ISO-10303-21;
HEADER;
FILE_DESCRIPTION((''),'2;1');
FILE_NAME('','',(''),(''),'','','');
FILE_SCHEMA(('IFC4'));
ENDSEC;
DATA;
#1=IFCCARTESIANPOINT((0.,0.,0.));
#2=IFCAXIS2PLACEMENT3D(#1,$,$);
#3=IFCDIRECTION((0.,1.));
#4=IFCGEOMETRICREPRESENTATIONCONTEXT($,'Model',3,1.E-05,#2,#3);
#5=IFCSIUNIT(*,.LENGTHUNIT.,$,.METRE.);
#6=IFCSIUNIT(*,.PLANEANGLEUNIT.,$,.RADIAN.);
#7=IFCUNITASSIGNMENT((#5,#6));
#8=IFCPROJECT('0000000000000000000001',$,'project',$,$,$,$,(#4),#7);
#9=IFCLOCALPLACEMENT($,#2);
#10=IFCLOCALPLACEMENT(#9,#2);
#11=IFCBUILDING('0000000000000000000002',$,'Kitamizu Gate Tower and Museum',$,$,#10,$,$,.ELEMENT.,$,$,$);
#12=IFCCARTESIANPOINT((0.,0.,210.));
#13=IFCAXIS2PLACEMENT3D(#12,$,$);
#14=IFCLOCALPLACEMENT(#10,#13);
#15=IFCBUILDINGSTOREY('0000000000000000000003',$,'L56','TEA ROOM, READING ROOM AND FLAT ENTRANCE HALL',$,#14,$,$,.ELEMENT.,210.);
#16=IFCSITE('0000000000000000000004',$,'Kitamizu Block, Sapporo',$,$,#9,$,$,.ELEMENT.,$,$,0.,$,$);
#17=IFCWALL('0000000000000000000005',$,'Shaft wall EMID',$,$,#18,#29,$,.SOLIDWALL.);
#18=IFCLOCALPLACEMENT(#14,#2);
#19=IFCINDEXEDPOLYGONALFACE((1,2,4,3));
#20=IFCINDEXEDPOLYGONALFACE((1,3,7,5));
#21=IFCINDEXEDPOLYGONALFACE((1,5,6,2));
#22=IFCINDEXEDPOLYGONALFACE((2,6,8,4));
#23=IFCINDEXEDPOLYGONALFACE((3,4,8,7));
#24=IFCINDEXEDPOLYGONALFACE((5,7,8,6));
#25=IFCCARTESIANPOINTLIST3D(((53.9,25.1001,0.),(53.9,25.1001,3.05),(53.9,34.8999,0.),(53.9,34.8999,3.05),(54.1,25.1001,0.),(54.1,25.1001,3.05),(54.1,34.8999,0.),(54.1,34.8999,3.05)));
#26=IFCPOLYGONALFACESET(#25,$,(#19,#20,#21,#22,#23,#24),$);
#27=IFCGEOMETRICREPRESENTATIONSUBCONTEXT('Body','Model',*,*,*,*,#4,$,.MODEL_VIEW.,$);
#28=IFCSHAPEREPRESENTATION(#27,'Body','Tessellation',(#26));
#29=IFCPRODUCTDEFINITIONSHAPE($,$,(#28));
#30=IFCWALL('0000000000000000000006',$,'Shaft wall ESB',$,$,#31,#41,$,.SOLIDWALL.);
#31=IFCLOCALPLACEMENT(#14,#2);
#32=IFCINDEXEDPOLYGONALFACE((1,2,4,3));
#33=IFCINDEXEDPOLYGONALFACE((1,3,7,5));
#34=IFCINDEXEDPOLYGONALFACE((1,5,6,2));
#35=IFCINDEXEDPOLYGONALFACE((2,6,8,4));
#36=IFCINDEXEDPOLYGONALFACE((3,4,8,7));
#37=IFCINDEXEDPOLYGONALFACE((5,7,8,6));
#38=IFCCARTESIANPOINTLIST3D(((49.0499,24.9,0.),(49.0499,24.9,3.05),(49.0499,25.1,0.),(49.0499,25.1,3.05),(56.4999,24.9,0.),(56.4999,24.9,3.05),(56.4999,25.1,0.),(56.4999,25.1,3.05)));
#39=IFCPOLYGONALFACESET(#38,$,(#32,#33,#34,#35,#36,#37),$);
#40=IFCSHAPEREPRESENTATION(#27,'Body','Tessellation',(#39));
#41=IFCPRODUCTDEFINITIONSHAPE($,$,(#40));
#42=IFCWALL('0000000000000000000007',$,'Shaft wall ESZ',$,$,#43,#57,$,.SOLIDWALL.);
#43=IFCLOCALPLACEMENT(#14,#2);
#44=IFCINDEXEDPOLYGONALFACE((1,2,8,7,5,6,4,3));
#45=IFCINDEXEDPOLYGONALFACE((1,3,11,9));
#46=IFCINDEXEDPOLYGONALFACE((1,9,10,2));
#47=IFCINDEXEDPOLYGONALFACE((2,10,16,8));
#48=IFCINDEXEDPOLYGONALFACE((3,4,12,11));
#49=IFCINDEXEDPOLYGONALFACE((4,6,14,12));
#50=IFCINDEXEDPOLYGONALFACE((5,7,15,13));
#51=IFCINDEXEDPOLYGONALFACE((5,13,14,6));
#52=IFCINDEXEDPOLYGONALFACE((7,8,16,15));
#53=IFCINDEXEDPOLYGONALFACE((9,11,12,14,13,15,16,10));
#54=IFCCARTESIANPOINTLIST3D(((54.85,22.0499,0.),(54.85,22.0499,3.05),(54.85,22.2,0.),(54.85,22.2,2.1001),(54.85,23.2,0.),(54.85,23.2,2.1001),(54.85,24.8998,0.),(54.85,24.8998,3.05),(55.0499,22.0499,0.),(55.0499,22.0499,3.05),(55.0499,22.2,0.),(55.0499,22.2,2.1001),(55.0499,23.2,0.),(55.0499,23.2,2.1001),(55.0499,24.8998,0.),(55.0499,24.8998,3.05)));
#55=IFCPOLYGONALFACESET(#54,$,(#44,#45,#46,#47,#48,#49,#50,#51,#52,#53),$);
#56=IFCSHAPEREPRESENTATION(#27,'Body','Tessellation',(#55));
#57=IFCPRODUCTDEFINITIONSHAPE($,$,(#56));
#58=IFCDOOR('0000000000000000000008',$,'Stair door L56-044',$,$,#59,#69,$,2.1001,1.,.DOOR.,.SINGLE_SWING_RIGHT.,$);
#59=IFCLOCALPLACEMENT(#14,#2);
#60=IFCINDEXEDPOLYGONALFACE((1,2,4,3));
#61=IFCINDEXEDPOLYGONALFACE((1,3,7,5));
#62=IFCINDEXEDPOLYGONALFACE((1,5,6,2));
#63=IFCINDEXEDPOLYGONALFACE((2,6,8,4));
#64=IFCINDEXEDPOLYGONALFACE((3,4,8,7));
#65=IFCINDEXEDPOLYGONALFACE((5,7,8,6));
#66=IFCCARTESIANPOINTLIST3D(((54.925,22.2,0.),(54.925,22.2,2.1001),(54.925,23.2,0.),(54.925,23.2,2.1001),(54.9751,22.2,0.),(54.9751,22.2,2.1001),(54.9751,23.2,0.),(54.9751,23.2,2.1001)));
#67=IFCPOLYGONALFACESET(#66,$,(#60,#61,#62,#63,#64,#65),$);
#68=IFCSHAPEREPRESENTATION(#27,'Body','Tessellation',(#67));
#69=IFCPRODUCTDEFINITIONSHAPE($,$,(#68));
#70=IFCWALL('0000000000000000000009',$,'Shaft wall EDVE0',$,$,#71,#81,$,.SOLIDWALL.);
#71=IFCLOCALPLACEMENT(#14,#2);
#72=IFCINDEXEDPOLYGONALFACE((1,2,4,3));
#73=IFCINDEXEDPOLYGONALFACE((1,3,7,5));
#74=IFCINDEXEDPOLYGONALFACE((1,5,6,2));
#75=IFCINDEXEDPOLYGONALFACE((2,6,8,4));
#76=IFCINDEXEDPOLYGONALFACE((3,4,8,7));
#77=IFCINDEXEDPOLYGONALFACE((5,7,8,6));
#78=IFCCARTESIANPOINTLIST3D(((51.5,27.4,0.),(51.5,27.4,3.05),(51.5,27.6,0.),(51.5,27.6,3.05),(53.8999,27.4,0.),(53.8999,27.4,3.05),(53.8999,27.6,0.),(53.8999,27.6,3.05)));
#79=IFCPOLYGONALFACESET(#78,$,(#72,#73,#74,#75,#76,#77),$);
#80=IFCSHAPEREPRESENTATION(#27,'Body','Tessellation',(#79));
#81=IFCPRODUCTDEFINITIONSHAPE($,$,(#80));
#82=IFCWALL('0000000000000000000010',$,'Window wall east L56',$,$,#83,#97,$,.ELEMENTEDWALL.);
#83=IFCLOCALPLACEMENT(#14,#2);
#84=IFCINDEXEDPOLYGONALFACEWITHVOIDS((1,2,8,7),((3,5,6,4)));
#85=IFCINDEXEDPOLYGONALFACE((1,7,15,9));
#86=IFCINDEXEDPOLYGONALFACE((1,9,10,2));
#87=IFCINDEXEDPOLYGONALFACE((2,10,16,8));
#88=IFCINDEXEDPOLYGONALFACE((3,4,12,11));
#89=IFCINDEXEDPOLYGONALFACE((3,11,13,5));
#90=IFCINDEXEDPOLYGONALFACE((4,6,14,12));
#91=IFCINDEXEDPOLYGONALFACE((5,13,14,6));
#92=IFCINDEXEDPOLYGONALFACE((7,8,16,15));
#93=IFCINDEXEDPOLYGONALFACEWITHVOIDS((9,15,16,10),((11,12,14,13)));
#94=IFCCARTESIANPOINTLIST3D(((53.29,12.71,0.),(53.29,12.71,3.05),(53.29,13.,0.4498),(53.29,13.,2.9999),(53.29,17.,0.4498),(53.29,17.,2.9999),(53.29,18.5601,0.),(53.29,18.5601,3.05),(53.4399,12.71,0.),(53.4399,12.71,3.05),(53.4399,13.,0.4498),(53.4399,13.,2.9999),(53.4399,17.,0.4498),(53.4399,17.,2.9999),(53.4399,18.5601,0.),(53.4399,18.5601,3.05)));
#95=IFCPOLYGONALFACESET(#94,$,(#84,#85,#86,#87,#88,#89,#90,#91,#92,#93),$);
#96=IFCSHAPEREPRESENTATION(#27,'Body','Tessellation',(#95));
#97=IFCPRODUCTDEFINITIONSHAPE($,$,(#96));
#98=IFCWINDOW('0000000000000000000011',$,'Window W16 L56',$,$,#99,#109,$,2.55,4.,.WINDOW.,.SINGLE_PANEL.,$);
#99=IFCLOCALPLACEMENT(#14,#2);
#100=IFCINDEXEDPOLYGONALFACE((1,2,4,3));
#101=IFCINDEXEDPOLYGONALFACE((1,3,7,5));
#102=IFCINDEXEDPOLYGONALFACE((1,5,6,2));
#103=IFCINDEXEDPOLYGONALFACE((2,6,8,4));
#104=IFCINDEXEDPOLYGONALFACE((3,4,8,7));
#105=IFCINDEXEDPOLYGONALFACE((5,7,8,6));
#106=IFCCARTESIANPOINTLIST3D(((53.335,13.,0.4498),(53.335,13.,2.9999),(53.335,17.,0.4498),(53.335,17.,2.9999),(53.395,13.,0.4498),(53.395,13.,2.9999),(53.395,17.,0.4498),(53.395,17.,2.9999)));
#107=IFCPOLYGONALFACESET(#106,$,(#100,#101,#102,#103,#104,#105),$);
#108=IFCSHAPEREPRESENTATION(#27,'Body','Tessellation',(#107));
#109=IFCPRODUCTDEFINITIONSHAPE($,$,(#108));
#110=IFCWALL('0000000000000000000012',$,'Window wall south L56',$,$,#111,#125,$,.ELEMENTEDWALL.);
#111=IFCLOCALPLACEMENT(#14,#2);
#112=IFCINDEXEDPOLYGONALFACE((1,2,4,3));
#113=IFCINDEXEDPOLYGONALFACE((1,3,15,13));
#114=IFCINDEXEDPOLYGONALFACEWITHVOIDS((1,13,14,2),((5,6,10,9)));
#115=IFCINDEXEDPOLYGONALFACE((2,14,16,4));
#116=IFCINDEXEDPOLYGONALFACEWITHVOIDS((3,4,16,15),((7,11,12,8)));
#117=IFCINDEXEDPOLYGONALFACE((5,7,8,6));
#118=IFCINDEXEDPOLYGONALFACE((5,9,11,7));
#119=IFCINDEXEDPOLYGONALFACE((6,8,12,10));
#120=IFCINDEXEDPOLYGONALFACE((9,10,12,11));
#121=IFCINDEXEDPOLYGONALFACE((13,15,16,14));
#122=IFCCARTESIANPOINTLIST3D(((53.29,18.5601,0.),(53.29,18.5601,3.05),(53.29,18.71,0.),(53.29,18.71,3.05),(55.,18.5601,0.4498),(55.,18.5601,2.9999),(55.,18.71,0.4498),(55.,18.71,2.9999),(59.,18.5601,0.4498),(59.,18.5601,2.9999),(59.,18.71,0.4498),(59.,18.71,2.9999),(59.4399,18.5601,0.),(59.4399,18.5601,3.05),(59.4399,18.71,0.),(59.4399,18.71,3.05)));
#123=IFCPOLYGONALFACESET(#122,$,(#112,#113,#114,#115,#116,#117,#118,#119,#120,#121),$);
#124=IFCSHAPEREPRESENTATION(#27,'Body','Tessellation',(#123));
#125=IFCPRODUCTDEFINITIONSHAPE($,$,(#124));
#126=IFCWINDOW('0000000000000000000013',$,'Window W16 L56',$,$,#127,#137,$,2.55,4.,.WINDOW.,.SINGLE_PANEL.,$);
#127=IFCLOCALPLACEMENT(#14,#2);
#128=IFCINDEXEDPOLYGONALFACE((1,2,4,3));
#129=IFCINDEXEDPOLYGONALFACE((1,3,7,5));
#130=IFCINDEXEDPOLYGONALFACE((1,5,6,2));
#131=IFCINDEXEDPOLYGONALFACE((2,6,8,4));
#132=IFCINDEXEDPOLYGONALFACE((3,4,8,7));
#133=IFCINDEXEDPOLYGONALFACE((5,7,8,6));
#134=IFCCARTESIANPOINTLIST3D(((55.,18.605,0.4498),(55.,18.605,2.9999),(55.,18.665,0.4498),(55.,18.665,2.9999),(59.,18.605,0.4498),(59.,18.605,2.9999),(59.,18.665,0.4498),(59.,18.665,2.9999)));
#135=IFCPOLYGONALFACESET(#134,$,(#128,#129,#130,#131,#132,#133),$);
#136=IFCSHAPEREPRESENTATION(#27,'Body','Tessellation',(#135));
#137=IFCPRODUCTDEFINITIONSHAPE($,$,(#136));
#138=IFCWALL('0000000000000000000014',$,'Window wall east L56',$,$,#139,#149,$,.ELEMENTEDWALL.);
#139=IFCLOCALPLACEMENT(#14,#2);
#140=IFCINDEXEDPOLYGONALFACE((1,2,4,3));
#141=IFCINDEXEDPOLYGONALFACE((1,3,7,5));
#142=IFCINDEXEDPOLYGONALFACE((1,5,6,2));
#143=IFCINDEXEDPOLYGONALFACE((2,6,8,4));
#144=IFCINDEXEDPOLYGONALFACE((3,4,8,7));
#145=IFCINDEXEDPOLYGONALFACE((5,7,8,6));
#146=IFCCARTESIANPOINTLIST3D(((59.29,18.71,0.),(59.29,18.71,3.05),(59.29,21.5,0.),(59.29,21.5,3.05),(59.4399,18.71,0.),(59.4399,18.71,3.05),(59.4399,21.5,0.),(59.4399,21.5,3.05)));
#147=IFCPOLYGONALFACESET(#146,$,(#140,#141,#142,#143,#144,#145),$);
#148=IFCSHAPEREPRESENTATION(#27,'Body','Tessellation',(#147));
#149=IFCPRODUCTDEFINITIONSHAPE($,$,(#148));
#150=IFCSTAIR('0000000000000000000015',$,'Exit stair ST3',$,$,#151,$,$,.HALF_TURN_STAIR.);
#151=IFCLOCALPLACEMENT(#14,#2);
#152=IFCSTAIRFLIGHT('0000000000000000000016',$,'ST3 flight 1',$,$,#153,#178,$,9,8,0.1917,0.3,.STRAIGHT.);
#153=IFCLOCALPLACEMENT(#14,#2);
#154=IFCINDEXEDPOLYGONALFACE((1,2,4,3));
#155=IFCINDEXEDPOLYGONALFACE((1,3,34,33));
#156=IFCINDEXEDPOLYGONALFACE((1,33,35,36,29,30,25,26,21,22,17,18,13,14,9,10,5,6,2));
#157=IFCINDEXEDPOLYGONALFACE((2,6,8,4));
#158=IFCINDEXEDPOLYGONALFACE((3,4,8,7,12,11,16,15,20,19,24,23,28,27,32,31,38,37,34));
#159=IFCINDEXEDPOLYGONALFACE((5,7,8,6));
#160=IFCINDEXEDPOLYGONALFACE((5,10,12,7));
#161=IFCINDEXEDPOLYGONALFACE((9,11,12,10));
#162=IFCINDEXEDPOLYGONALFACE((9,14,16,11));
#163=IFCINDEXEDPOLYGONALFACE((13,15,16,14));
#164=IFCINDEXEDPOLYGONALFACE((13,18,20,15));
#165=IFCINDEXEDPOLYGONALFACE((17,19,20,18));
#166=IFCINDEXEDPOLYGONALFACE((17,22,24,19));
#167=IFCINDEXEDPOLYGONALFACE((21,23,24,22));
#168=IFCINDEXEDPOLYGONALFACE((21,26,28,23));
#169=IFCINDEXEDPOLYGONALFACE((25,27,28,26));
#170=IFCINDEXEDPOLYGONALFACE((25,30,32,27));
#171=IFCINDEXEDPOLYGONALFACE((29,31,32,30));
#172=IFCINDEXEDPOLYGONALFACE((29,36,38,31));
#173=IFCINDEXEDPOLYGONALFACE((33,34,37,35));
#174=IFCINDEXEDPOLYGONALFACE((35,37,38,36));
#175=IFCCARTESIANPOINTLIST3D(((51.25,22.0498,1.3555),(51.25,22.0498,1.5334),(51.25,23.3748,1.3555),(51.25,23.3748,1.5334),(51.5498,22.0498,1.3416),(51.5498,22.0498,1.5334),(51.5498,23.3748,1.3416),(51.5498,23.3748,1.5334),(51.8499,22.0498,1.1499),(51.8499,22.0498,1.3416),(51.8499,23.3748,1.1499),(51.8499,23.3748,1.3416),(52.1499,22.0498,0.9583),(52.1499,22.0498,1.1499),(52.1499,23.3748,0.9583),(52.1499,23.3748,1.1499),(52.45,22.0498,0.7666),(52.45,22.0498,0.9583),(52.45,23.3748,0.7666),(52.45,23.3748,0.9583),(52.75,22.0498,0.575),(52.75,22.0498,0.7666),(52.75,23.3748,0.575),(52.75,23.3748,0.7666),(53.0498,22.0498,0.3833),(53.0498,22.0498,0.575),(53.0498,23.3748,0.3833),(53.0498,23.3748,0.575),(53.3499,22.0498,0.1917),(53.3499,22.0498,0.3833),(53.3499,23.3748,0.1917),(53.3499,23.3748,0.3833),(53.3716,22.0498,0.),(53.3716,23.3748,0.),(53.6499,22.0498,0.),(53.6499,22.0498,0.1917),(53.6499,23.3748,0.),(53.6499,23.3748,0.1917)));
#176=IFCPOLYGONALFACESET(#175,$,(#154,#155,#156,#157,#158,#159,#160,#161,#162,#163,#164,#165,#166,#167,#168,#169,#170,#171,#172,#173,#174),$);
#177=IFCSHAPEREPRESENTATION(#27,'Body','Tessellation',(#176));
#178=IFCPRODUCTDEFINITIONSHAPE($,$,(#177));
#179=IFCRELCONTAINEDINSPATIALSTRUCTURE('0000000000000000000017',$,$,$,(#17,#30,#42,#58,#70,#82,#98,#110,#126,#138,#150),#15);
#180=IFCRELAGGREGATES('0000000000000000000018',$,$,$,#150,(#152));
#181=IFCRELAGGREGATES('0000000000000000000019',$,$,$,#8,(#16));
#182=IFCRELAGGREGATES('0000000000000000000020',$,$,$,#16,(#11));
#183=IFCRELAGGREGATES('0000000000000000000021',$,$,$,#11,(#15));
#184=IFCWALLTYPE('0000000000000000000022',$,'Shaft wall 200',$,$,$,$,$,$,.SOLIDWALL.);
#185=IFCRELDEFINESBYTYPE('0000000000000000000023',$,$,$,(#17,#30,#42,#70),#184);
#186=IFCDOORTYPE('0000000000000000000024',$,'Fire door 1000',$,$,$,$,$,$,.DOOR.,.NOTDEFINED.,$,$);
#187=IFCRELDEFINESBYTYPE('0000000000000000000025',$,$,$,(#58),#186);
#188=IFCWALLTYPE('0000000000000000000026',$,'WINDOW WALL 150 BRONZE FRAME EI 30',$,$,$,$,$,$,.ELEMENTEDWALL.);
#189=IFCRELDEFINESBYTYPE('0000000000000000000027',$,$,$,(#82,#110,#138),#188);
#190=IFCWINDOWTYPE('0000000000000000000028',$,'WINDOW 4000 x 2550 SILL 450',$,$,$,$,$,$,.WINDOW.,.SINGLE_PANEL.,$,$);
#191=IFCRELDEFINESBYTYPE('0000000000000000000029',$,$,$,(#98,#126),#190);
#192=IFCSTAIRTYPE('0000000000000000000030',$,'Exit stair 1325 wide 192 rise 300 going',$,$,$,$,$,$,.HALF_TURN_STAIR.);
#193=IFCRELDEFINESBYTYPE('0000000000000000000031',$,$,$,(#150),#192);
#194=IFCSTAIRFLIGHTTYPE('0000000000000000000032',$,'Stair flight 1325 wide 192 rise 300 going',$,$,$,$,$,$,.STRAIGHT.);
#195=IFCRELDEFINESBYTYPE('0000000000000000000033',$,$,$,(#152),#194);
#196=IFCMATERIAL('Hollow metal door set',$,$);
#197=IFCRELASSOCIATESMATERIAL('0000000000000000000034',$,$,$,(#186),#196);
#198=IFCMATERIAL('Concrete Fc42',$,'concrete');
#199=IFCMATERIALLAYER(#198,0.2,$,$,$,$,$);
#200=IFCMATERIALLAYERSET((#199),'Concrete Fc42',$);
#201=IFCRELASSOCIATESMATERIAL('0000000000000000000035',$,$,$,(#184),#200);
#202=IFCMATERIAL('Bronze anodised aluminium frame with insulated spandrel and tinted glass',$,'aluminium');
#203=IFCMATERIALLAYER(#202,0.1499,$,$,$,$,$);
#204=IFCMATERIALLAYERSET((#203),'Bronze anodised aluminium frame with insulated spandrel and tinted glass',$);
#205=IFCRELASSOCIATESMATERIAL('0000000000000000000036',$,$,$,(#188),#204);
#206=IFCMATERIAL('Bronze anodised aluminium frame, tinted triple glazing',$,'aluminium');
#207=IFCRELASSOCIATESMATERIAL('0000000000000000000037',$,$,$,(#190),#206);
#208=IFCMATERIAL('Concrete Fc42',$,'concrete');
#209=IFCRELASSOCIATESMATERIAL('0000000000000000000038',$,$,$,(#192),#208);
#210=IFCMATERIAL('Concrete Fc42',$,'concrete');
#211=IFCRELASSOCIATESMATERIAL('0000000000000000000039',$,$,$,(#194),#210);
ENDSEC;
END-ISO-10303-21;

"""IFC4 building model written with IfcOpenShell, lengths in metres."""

from ifc_helpers import new_model, si_unit, direction, frame, frame_2d, origin, place, context, subcontext, project, spatial, polyline, rectangle, outline, extrude, material, layer, layer_set, type_object, element, fill, aggregate, save


model = new_model("IFC4")

# Units and contexts
model_context = context("Model", 3, precision=1e-05, world=origin(), true_north=direction((0.0, 1.0)))
body_context = subcontext(model_context, "Body", "Model", "MODEL_VIEW")
ifc_project = project(units=[si_unit("LENGTHUNIT", "METRE"), si_unit("PLANEANGLEUNIT", "RADIAN")], contexts=[model_context])

# Site, building, storey
site_placement = place(None, origin())
site = spatial("IfcSite", under=ifc_project, at=site_placement, Name="Kitamizu Block, Sapporo", CompositionType="ELEMENT", RefElevation=0.0)
building_placement = place(site_placement, origin())
building = spatial("IfcBuilding", under=site, at=building_placement, Name="Kitamizu Gate Tower and Museum", CompositionType="ELEMENT")
storey_placement = place(building_placement, frame((0.0, 0.0, 210.0)))
storey = spatial("IfcBuildingStorey", under=building, at=storey_placement, Name="L56", Description="TEA ROOM, READING ROOM AND FLAT ENTRANCE HALL", CompositionType="ELEMENT", Elevation=210.0)

# Shared definitions
ifc_material_1 = material(Name="Hollow metal door set")
door_type_1 = type_object("IfcDoorType", Name="Fire door 1000", OperationType="NOTDEFINED", PredefinedType="DOOR", material=ifc_material_1)

# Shared definitions
ifc_material_2 = material(Name="Concrete Fc42", Category="concrete")
ifc_layer_1 = layer(ifc_material_2, 0.2)
ifc_layer_set_1 = layer_set([ifc_layer_1], Name="Concrete Fc42")
wall_type_1 = type_object("IfcWallType", Name="Shaft wall 200", PredefinedType="SOLIDWALL", material=ifc_layer_set_1)

# Walls
wall_1_placement = place(storey_placement, frame((54.0, 25.1001, 0.0), z_axis=(0.0, 0.0, 1.0), x_axis=(0.0, 1.0, 0.0)))
element("IfcWall", 1, at=wall_1_placement, inside=storey, type_object=wall_type_1, Name="Shaft wall EMID", PredefinedType="SOLIDWALL", context=body_context, shape_type="SweptSolid", body=[
    extrude(rectangle(XDim=9.7998, YDim=0.2, at=frame_2d((4.8999, 0.0))), origin(), (0.0, 0.0, 1.0), 3.05),
])
wall_2_placement = place(storey_placement, frame((56.5, 25.0, 0.0), z_axis=(0.0, 0.0, 1.0), x_axis=(-1.0, 0.0, 0.0)))
element("IfcWall", 2, at=wall_2_placement, inside=storey, type_object=wall_type_1, Name="Shaft wall ESB", PredefinedType="SOLIDWALL", context=body_context, shape_type="SweptSolid", body=[
    extrude(rectangle(XDim=7.45, YDim=0.2, at=frame_2d((3.7251, 0.0))), origin(), (0.0, 0.0, 1.0), 3.05),
])

# Wall, opening, door
wall_3_placement = place(storey_placement, frame((54.95, 22.05, 0.0), z_axis=(0.0, 0.0, 1.0), x_axis=(0.0, 1.0, 0.0)))
wall_3 = element("IfcWall", 3, at=wall_3_placement, inside=storey, type_object=wall_type_1, Name="Shaft wall ESZ", PredefinedType="SOLIDWALL", context=body_context, shape_type="SweptSolid", body=[
    extrude(rectangle(XDim=2.8499, YDim=0.2, at=frame_2d((1.4248, 0.0))), origin(), (0.0, 0.0, 1.0), 3.05),
])
opening_1_placement = place(wall_3_placement, frame((0.1499, 0.0, 0.0)))
opening_1 = element("IfcOpeningElement", 4, at=opening_1_placement, cuts=wall_3, PredefinedType="OPENING", context=body_context, shape_type="SweptSolid", body=[
    extrude(rectangle(XDim=1.0, YDim=2.1001, at=frame_2d((0.5, 1.05))), frame((0.0, 0.1099, 0.0), z_axis=(0.0, -1.0, 0.0), x_axis=(1.0, 0.0, 0.0)), (0.0, 0.0, 1.0), 0.22),
])
door_1_placement = place(opening_1_placement, origin())
door_1 = element("IfcDoor", 5, at=door_1_placement, inside=storey, type_object=door_type_1, Name="Stair door L56-044", OperationType="SINGLE_SWING_RIGHT", OverallHeight=2.1001, OverallWidth=1.0, PredefinedType="DOOR", context=body_context, shape_type="SweptSolid", body=[
    extrude(rectangle(XDim=1.0, YDim=2.1001, at=frame_2d((0.5, 1.05))), frame((0.0, 0.0249, 0.0), z_axis=(0.0, -1.0, 0.0), x_axis=(1.0, 0.0, 0.0)), (0.0, 0.0, 1.0), 0.05),
])
fill(opening_1, door_1)

# Wall
wall_4_placement = place(storey_placement, frame((53.8999, 27.5, 0.0), z_axis=(0.0, 0.0, 1.0), x_axis=(-1.0, 0.0, 0.0)))
element("IfcWall", 6, at=wall_4_placement, inside=storey, type_object=wall_type_1, Name="Shaft wall EDVE0", PredefinedType="SOLIDWALL", context=body_context, shape_type="SweptSolid", body=[
    extrude(rectangle(XDim=2.3999, YDim=0.2, at=frame_2d((1.2, 0.0))), origin(), (0.0, 0.0, 1.0), 3.05),
])

# Walls, openings, windows
ifc_material_3 = material(Name="Bronze anodised aluminium frame with insulated spandrel and tinted glass", Category="aluminium")
ifc_layer_2 = layer(ifc_material_3, 0.1499)
ifc_layer_set_2 = layer_set([ifc_layer_2], Name="Bronze anodised aluminium frame with insulated spandrel and tinted glass")
wall_type_2 = type_object("IfcWallType", Name="WINDOW WALL 150 BRONZE FRAME EI 30", PredefinedType="ELEMENTEDWALL", material=ifc_layer_set_2)
wall_5_placement = place(storey_placement, frame((53.365, 12.71, 0.0), z_axis=(0.0, 0.0, 1.0), x_axis=(0.0, 1.0, 0.0)))
wall_5 = element("IfcWall", 7, at=wall_5_placement, inside=storey, type_object=wall_type_2, Name="Window wall east L56", PredefinedType="ELEMENTEDWALL", context=body_context, shape_type="SweptSolid", body=[
    extrude(rectangle(XDim=5.8501, YDim=0.1499, at=frame_2d((2.925, 0.0))), origin(), (0.0, 0.0, 1.0), 3.05),
])
opening_2_placement = place(wall_5_placement, frame((0.29, 0.0, 0.45)))
opening_2 = element("IfcOpeningElement", 8, at=opening_2_placement, cuts=wall_5, PredefinedType="OPENING", context=body_context, shape_type="SweptSolid", body=[
    extrude(rectangle(XDim=4.0, YDim=2.55, at=frame_2d((2.0, 1.2749))), frame((0.0, 0.085, 0.0), z_axis=(0.0, -1.0, 0.0), x_axis=(1.0, 0.0, 0.0)), (0.0, 0.0, 1.0), 0.1699),
])
ifc_material_4 = material(Name="Bronze anodised aluminium frame, tinted triple glazing", Category="aluminium")
window_type = type_object("IfcWindowType", Name="WINDOW 4000 x 2550 SILL 450", PartitioningType="SINGLE_PANEL", PredefinedType="WINDOW", material=ifc_material_4)
window_1_placement = place(opening_2_placement, origin())
window_1 = element("IfcWindow", 9, at=window_1_placement, inside=storey, type_object=window_type, Name="Window W16 L56", OverallHeight=2.55, OverallWidth=4.0, PartitioningType="SINGLE_PANEL", PredefinedType="WINDOW", context=body_context, shape_type="SweptSolid", body=[
    extrude(rectangle(XDim=4.0, YDim=2.55, at=frame_2d((2.0, 1.2749))), frame((0.0, 0.03, 0.0), z_axis=(0.0, -1.0, 0.0), x_axis=(1.0, 0.0, 0.0)), (0.0, 0.0, 1.0), 0.0601),
])
fill(opening_2, window_1)
wall_6_placement = place(storey_placement, frame((53.29, 18.635, 0.0), z_axis=(0.0, 0.0, 1.0), x_axis=(1.0, 0.0, 0.0)))
wall_6 = element("IfcWall", 10, at=wall_6_placement, inside=storey, type_object=wall_type_2, Name="Window wall south L56", PredefinedType="ELEMENTEDWALL", context=body_context, shape_type="SweptSolid", body=[
    extrude(rectangle(XDim=6.1499, YDim=0.1499, at=frame_2d((3.075, 0.0))), origin(), (0.0, 0.0, 1.0), 3.05),
])
opening_3_placement = place(wall_6_placement, frame((1.71, 0.0, 0.45)))
opening_3 = element("IfcOpeningElement", 11, at=opening_3_placement, cuts=wall_6, PredefinedType="OPENING", context=body_context, shape_type="SweptSolid", body=[
    extrude(rectangle(XDim=4.0, YDim=2.55, at=frame_2d((2.0, 1.2749))), frame((0.0, 0.085, 0.0), z_axis=(0.0, -1.0, 0.0), x_axis=(1.0, 0.0, 0.0)), (0.0, 0.0, 1.0), 0.1699),
])
window_2_placement = place(opening_3_placement, origin())
window_2 = element("IfcWindow", 12, at=window_2_placement, inside=storey, type_object=window_type, Name="Window W16 L56", OverallHeight=2.55, OverallWidth=4.0, PartitioningType="SINGLE_PANEL", PredefinedType="WINDOW", context=body_context, shape_type="SweptSolid", body=[
    extrude(rectangle(XDim=4.0, YDim=2.55, at=frame_2d((2.0, 1.2749))), frame((0.0, 0.03, 0.0), z_axis=(0.0, -1.0, 0.0), x_axis=(1.0, 0.0, 0.0)), (0.0, 0.0, 1.0), 0.0601),
])
fill(opening_3, window_2)

# Wall
wall_7_placement = place(storey_placement, frame((59.365, 18.71, 0.0), z_axis=(0.0, 0.0, 1.0), x_axis=(0.0, 1.0, 0.0)))
element("IfcWall", 13, at=wall_7_placement, inside=storey, type_object=wall_type_2, Name="Window wall east L56", PredefinedType="ELEMENTEDWALL", context=body_context, shape_type="SweptSolid", body=[
    extrude(rectangle(XDim=2.79, YDim=0.1499, at=frame_2d((1.395, 0.0))), origin(), (0.0, 0.0, 1.0), 3.05),
])

# Stair, stair flight
ifc_material_5 = material(Name="Concrete Fc42", Category="concrete")
stair_type = type_object("IfcStairType", Name="Exit stair 1325 wide 192 rise 300 going", PredefinedType="HALF_TURN_STAIR", material=ifc_material_5)
stair_placement = place(storey_placement, origin())
stair = element("IfcStair", 14, at=stair_placement, inside=storey, type_object=stair_type, Name="Exit stair ST3", PredefinedType="HALF_TURN_STAIR")
ifc_material_6 = material(Name="Concrete Fc42", Category="concrete")
stair_flight_type = type_object("IfcStairFlightType", Name="Stair flight 1325 wide 192 rise 300 going", PredefinedType="STRAIGHT", material=ifc_material_6)
stair_flight_placement = place(storey_placement, frame((53.6499, 22.7124, 0.0), z_axis=(0.0, 0.0, 1.0), x_axis=(-1.0, 0.0, 0.0)))
stair_flight = element("IfcStairFlight", 15, at=stair_flight_placement, type_object=stair_flight_type, Name="ST3 flight 1", NumberOfRisers=9, NumberOfTreads=8, PredefinedType="STRAIGHT", RiserHeight=0.1917, TreadLength=0.3, context=body_context, shape_type="SweptSolid", body=[
    extrude(outline(polyline([(0.0, 0.0), (0.0, 0.1917), (0.3, 0.1917), (0.3, 0.3833), (0.6001, 0.3833), (0.6001, 0.575), (0.8999, 0.575), (0.8999, 0.7666), (1.2, 0.7666), (1.2, 0.9583), (1.5, 0.9583), (1.5, 1.1499), (1.8, 1.1499), (1.8, 1.3416), (2.1001, 1.3416), (2.1001, 1.5334), (2.3999, 1.5334), (2.3999, 1.7251), (2.3999, 1.3555), (0.2783, 0.0), (0.0, 0.0)])), frame((0.0, 0.6626, 0.0), z_axis=(0.0, -1.0, 0.0), x_axis=(1.0, 0.0, 0.0)), (0.0, 0.0, 1.0), 1.325),
])
aggregate(stair, [stair_flight])

save(model, "model.ifc")
